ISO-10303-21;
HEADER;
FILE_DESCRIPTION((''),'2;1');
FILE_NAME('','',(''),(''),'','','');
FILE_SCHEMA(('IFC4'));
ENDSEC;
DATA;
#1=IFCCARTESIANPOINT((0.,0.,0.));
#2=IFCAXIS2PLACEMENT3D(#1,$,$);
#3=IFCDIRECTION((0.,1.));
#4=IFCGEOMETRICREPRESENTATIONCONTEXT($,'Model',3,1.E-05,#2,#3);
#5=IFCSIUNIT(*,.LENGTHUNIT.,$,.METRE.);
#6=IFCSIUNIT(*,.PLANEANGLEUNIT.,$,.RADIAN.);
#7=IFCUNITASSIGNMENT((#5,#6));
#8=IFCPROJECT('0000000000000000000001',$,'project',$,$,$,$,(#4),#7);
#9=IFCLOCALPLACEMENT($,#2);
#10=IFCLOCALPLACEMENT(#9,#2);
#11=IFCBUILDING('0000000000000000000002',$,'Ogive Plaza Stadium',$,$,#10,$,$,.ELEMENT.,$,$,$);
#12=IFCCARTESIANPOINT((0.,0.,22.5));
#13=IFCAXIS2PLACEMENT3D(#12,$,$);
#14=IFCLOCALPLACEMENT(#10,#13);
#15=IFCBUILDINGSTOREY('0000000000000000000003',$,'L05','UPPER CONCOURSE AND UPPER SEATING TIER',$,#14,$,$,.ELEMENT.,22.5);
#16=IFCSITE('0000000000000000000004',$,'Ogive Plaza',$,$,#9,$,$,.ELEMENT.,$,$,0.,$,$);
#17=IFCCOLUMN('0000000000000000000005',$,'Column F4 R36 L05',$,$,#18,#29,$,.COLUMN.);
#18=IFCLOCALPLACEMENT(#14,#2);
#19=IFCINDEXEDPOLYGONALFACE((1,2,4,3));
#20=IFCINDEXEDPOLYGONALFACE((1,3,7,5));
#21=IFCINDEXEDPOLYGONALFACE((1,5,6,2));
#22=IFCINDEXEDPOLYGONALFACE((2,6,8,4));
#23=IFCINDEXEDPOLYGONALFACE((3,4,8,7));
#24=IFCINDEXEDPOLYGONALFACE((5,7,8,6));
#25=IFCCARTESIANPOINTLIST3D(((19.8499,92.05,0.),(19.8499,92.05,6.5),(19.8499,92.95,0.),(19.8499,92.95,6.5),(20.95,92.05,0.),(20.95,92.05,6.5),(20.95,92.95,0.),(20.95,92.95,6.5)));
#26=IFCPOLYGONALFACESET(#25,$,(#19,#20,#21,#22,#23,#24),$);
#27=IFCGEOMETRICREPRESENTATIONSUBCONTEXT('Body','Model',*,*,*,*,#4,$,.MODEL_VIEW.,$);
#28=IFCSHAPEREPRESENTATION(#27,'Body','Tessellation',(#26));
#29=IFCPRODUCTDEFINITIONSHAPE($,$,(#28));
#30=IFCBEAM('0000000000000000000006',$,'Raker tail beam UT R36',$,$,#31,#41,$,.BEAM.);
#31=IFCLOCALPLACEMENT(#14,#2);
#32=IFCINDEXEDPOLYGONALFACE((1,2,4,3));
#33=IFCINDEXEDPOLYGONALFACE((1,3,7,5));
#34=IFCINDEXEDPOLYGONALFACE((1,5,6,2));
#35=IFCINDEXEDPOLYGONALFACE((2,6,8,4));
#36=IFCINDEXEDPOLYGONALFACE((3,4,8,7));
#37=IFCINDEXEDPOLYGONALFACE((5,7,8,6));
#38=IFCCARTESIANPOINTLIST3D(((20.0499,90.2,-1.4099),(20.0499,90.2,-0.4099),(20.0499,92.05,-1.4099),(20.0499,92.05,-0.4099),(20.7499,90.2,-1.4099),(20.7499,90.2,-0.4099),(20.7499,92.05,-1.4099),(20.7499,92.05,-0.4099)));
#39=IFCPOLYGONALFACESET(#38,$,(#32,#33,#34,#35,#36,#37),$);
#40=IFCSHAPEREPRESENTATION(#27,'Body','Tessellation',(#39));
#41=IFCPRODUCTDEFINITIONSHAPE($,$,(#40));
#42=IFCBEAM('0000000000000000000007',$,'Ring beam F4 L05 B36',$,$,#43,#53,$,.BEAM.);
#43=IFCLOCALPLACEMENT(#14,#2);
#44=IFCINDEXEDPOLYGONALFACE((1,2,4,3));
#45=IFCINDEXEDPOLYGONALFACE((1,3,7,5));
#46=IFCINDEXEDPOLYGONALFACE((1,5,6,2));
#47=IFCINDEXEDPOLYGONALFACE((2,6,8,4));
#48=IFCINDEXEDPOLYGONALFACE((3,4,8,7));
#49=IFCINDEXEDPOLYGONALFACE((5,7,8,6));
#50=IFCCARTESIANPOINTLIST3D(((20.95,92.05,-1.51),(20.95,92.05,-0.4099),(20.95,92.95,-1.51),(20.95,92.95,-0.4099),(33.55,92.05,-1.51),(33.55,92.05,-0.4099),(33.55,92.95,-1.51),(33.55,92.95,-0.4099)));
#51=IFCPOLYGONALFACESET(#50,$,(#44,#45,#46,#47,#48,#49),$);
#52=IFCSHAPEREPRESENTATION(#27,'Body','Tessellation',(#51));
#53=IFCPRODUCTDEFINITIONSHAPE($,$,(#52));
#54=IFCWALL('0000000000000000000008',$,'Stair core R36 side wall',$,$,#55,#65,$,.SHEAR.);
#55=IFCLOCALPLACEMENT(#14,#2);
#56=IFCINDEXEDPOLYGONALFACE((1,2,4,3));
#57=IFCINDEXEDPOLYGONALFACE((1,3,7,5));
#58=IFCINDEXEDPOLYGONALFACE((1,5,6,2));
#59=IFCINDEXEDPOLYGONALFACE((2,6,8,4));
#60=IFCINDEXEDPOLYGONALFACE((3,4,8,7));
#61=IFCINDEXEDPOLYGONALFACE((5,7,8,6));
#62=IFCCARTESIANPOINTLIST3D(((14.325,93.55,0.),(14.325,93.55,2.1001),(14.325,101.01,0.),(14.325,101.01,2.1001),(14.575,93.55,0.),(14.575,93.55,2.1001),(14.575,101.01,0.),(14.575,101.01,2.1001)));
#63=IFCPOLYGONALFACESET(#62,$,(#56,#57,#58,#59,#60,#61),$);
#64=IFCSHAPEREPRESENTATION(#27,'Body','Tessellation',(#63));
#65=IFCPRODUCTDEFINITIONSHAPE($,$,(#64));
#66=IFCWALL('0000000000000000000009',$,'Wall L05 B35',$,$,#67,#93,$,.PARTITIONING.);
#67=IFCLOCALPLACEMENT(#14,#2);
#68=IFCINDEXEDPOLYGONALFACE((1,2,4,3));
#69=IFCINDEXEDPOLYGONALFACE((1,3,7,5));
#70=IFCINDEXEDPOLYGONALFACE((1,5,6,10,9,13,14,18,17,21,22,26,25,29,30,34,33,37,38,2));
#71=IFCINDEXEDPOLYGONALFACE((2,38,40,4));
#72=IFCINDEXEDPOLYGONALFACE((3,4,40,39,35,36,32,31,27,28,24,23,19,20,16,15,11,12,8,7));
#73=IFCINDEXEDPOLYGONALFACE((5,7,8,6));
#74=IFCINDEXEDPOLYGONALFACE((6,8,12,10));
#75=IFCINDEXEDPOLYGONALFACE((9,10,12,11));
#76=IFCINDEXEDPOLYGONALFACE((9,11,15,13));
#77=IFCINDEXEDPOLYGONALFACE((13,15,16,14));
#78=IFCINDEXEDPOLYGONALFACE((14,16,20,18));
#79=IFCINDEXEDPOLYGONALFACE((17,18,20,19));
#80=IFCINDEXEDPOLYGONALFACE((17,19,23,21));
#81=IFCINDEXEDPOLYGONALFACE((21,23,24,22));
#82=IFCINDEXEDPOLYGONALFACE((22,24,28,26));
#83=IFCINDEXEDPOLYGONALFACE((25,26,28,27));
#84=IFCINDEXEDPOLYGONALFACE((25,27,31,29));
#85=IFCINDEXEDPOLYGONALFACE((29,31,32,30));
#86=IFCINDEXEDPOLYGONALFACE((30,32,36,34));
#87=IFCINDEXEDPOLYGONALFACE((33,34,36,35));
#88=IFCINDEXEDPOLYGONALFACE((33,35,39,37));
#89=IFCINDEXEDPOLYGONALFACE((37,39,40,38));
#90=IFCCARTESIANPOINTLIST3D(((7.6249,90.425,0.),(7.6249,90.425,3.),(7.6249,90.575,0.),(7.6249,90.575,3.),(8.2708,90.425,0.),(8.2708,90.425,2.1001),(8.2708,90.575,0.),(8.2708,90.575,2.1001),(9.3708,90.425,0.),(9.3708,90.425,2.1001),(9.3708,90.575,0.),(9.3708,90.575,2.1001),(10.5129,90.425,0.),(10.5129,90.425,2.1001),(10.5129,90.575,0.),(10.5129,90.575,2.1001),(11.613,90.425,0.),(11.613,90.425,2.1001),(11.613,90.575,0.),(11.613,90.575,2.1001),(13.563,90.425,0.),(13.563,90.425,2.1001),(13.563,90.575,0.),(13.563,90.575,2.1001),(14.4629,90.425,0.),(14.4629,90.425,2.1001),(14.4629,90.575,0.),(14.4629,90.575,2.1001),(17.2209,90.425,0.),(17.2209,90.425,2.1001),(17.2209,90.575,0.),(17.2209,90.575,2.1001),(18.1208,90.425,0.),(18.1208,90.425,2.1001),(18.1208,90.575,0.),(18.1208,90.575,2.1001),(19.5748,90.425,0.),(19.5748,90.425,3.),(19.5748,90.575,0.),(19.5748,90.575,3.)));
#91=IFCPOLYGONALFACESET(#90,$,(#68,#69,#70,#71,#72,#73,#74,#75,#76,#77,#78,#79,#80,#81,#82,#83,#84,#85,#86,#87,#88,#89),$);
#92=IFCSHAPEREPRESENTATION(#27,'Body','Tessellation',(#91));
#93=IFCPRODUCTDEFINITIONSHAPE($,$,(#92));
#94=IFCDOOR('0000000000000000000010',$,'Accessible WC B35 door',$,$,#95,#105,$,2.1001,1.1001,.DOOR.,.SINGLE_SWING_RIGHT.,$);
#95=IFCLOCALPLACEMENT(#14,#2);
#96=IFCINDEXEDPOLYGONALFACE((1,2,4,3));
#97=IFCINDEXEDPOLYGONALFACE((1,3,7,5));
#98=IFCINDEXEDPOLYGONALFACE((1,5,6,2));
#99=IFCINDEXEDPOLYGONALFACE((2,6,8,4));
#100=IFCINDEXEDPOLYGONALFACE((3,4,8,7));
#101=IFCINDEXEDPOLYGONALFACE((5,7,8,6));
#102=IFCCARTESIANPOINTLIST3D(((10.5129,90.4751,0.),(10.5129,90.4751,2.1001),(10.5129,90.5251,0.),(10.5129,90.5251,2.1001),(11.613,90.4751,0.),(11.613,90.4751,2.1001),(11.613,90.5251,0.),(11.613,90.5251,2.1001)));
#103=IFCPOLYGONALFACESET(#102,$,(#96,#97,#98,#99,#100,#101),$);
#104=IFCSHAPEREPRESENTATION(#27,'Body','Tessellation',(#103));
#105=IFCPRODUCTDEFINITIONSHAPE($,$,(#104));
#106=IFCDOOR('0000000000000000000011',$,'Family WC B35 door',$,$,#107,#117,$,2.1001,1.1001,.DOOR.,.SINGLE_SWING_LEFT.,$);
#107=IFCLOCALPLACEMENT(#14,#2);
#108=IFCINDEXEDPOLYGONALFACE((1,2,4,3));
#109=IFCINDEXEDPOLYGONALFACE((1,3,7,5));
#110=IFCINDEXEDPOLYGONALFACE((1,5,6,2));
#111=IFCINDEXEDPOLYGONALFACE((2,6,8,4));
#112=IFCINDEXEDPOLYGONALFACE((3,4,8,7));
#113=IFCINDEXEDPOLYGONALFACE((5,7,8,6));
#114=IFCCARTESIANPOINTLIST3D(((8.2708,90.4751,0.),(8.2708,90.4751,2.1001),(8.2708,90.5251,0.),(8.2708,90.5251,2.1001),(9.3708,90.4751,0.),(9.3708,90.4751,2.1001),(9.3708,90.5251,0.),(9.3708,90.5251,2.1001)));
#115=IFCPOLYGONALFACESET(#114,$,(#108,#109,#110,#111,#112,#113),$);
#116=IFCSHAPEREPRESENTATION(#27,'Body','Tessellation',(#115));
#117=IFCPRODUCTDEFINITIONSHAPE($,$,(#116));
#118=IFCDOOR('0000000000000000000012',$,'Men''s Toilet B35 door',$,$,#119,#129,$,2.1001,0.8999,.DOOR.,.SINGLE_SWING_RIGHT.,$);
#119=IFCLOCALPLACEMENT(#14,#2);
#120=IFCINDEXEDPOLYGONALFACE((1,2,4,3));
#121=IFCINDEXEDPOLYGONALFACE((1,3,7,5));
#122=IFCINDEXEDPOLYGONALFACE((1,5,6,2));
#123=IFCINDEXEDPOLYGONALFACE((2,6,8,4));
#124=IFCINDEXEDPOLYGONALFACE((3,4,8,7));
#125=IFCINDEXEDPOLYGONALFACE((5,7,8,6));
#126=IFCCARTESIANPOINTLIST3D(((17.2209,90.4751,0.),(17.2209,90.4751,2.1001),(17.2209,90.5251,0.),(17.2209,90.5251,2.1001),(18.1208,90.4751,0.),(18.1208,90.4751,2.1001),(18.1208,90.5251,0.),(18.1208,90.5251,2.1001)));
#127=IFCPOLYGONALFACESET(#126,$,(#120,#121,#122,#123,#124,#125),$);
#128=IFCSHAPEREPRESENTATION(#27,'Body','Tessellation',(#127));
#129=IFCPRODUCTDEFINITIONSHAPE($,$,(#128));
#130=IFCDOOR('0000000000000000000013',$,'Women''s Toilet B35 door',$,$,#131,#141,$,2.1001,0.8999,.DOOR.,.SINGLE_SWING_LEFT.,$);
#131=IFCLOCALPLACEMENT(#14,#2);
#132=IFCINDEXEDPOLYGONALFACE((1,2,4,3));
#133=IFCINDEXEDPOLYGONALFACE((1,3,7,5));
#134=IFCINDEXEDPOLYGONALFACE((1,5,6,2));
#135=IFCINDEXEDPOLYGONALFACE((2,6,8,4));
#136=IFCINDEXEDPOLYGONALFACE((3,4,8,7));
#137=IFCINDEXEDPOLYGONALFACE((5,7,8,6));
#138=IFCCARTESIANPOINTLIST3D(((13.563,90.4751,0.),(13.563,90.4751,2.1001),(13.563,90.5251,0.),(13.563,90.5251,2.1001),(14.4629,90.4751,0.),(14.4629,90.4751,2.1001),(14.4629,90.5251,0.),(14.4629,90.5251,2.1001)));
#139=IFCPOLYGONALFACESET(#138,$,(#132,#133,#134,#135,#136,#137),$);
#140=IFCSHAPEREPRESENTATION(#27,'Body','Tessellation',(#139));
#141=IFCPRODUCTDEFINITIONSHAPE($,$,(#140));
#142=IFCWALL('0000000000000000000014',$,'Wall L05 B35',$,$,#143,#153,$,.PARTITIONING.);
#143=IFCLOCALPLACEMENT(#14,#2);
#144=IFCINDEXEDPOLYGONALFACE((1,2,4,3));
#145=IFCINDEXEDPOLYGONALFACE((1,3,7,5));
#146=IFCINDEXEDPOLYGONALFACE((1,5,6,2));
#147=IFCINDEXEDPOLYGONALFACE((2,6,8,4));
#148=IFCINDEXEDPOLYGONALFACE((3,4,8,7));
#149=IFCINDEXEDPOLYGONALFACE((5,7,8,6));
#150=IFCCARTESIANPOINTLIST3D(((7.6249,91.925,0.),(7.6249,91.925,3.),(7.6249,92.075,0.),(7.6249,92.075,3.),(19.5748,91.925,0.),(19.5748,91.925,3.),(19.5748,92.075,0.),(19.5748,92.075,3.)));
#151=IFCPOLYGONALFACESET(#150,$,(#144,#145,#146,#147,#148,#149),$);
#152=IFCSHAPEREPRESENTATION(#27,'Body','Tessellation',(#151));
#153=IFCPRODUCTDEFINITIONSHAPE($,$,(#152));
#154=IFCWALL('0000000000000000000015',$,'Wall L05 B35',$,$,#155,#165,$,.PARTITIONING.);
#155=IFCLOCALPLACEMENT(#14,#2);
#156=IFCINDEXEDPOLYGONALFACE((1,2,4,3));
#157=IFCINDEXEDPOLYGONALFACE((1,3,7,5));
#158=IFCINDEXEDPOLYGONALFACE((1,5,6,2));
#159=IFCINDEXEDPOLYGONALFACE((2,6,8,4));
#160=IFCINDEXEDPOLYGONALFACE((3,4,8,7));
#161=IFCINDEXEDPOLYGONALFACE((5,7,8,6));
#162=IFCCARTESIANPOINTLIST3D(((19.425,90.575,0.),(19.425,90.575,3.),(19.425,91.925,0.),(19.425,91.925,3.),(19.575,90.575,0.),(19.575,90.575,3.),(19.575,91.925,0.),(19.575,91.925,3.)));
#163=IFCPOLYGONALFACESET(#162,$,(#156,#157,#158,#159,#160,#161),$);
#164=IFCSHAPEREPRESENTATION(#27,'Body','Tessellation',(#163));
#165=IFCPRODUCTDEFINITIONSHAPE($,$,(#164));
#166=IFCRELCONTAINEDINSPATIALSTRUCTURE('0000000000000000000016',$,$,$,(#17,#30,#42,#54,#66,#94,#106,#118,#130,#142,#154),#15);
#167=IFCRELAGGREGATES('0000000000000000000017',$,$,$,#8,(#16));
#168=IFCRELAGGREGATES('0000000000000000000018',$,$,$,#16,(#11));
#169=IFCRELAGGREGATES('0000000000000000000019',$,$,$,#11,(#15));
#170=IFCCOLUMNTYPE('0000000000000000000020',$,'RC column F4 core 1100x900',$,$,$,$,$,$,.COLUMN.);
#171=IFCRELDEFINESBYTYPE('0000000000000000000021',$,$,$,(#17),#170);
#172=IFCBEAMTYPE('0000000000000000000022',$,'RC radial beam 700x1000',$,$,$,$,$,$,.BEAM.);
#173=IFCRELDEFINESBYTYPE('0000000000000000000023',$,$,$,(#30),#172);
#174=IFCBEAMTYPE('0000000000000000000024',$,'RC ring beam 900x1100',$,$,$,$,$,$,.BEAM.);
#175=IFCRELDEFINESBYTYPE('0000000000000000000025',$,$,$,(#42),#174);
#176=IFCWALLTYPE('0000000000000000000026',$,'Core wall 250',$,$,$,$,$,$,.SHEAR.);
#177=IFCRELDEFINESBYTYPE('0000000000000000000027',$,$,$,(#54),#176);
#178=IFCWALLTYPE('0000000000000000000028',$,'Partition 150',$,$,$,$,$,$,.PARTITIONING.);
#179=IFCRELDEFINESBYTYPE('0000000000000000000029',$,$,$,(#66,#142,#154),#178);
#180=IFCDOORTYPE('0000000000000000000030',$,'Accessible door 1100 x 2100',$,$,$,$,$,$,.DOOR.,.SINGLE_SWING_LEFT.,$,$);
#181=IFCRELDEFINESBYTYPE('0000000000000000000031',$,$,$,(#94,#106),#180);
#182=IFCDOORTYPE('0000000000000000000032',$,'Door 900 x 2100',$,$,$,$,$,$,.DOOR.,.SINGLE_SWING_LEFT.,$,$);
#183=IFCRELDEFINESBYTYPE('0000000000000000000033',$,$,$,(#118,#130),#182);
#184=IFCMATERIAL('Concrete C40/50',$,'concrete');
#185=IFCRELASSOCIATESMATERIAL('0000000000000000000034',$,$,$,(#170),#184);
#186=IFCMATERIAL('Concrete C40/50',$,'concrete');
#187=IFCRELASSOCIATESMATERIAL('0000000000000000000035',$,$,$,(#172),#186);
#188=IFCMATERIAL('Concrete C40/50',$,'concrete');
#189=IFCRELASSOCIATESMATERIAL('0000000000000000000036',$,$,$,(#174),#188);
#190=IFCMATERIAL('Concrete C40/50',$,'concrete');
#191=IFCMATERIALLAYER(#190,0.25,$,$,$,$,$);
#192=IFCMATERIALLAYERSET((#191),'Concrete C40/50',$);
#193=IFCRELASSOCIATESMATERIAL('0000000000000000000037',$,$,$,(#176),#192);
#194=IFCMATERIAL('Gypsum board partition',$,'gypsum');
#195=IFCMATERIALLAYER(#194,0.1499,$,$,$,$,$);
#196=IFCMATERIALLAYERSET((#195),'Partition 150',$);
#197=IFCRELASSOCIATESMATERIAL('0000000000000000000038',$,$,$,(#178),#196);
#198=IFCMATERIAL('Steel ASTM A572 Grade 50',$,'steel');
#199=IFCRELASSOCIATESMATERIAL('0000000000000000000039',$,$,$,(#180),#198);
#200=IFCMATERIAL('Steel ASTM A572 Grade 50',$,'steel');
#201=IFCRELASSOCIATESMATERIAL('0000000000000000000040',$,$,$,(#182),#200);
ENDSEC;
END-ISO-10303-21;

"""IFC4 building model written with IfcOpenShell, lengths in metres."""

from ifc_helpers import new_model, si_unit, direction, frame, frame_2d, origin, origin_2d, place, context, subcontext, project, spatial, rectangle, extrude, material, layer, layer_set, material_profile, profile_set, type_object, element, fill, save


model = new_model("IFC4")

# Units and contexts
model_context = context("Model", 3, precision=1e-05, world=origin(), true_north=direction((0.0, 1.0)))
body_context = subcontext(model_context, "Body", "Model", "MODEL_VIEW")
ifc_project = project(units=[si_unit("LENGTHUNIT", "METRE"), si_unit("PLANEANGLEUNIT", "RADIAN")], contexts=[model_context])

# Site, building, storey
site_placement = place(None, origin())
site = spatial("IfcSite", under=ifc_project, at=site_placement, Name="Ogive Plaza", CompositionType="ELEMENT", RefElevation=0.0)
building_placement = place(site_placement, origin())
building = spatial("IfcBuilding", under=site, at=building_placement, Name="Ogive Plaza Stadium", CompositionType="ELEMENT")
storey_placement = place(building_placement, frame((0.0, 0.0, 22.5)))
storey = spatial("IfcBuildingStorey", under=building, at=storey_placement, Name="L05", Description="UPPER CONCOURSE AND UPPER SEATING TIER", CompositionType="ELEMENT", Elevation=22.5)

# Column
ifc_material_1 = material(Name="Concrete C40/50", Category="concrete")
ifc_material_profile_1 = material_profile(ifc_material_1, rectangle(XDim=1.1001, YDim=0.8999, at=origin_2d()), Name="RC 1100x900")
ifc_profile_set_1 = profile_set([ifc_material_profile_1], Name="Concrete C40/50")
column_type = type_object("IfcColumnType", Name="RC column F4 core 1100x900", PredefinedType="COLUMN", material=ifc_profile_set_1)
column_placement = place(storey_placement, frame((20.3999, 92.5, 0.0), z_axis=(0.0, 0.0, 1.0), x_axis=(-1.0, 0.0, 0.0)))
element("IfcColumn", 1, at=column_placement, inside=storey, type_object=column_type, Name="Column F4 R36 L05", PredefinedType="COLUMN", context=body_context, shape_type="SweptSolid", body=[
    extrude(rectangle(XDim=1.1001, YDim=0.8999, at=origin_2d()), origin(), (0.0, 0.0, 1.0), 6.5),
])

# Beams
ifc_material_2 = material(Name="Concrete C40/50", Category="concrete")
ifc_material_profile_2 = material_profile(ifc_material_2, rectangle(XDim=0.7, YDim=1.0, at=origin_2d()), Name="RC 700x1000")
ifc_profile_set_2 = profile_set([ifc_material_profile_2], Name="Concrete C40/50")
beam_type_1 = type_object("IfcBeamType", Name="RC radial beam 700x1000", PredefinedType="BEAM", material=ifc_profile_set_2)
beam_1_placement = place(storey_placement, frame((20.3999, 90.2, -0.9099), z_axis=(0.0, 1.0, 0.0), x_axis=(-1.0, 0.0, 0.0)))
element("IfcBeam", 2, at=beam_1_placement, inside=storey, type_object=beam_type_1, Name="Raker tail beam UT R36", PredefinedType="BEAM", context=body_context, shape_type="SweptSolid", body=[
    extrude(rectangle(XDim=0.7, YDim=1.0, at=origin_2d()), origin(), (0.0, 0.0, 1.0), 1.8501),
])
ifc_material_3 = material(Name="Concrete C40/50", Category="concrete")
ifc_material_profile_3 = material_profile(ifc_material_3, rectangle(XDim=0.8999, YDim=1.1001, at=origin_2d()), Name="RC 900x1100")
ifc_profile_set_3 = profile_set([ifc_material_profile_3], Name="Concrete C40/50")
beam_type_2 = type_object("IfcBeamType", Name="RC ring beam 900x1100", PredefinedType="BEAM", material=ifc_profile_set_3)
beam_2_placement = place(storey_placement, frame((20.95, 92.5, -0.96), z_axis=(1.0, 0.0, 0.0), x_axis=(0.0, 1.0, 0.0)))
element("IfcBeam", 3, at=beam_2_placement, inside=storey, type_object=beam_type_2, Name="Ring beam F4 L05 B36", PredefinedType="BEAM", context=body_context, shape_type="SweptSolid", body=[
    extrude(rectangle(XDim=0.8999, YDim=1.1001, at=origin_2d()), origin(), (0.0, 0.0, 1.0), 12.6001),
])

# Wall
ifc_material_4 = material(Name="Concrete C40/50", Category="concrete")
ifc_layer_1 = layer(ifc_material_4, 0.25)
ifc_layer_set_1 = layer_set([ifc_layer_1], Name="Concrete C40/50")
wall_type_1 = type_object("IfcWallType", Name="Core wall 250", PredefinedType="SHEAR", material=ifc_layer_set_1)
wall_1_placement = place(storey_placement, frame((14.45, 93.55, 0.0), z_axis=(0.0, 0.0, 1.0), x_axis=(0.0, 1.0, 0.0)))
element("IfcWall", 4, at=wall_1_placement, inside=storey, type_object=wall_type_1, Name="Stair core R36 side wall", PredefinedType="SHEAR", context=body_context, shape_type="SweptSolid", body=[
    extrude(rectangle(XDim=7.46, YDim=0.25, at=frame_2d((3.73, 0.0))), origin(), (0.0, 0.0, 1.0), 2.1001),
])

# Wall, openings, doors
ifc_material_5 = material(Name="Gypsum board partition", Category="gypsum")
ifc_layer_2 = layer(ifc_material_5, 0.1499)
ifc_layer_set_2 = layer_set([ifc_layer_2], Name="Partition 150")
wall_type_2 = type_object("IfcWallType", Name="Partition 150", PredefinedType="PARTITIONING", material=ifc_layer_set_2)
wall_2_placement = place(storey_placement, frame((19.575, 90.5, 0.0), z_axis=(0.0, 0.0, 1.0), x_axis=(-1.0, 0.0, 0.0)))
wall_2 = element("IfcWall", 5, at=wall_2_placement, inside=storey, type_object=wall_type_2, Name="Wall L05 B35", PredefinedType="PARTITIONING", context=body_context, shape_type="SweptSolid", body=[
    extrude(rectangle(XDim=11.95, YDim=0.1499, at=frame_2d((5.9751, 0.0))), origin(), (0.0, 0.0, 1.0), 3.0),
])
opening_1_placement = place(wall_2_placement, frame((1.4541, 0.0, 0.0)))
opening_1 = element("IfcOpeningElement", 6, at=opening_1_placement, cuts=wall_2, PredefinedType="OPENING", context=body_context, shape_type="SweptSolid", body=[
    extrude(rectangle(XDim=0.8999, YDim=2.1001, at=frame_2d((0.45, 1.05))), frame((0.0, 0.075, 0.0), z_axis=(0.0, -1.0, 0.0), x_axis=(1.0, 0.0, 0.0)), (0.0, 0.0, 1.0), 0.1499),
])
opening_2_placement = place(wall_2_placement, frame((5.1121, 0.0, 0.0)))
opening_2 = element("IfcOpeningElement", 7, at=opening_2_placement, cuts=wall_2, PredefinedType="OPENING", context=body_context, shape_type="SweptSolid", body=[
    extrude(rectangle(XDim=0.8999, YDim=2.1001, at=frame_2d((0.45, 1.05))), frame((0.0, 0.075, 0.0), z_axis=(0.0, -1.0, 0.0), x_axis=(1.0, 0.0, 0.0)), (0.0, 0.0, 1.0), 0.1499),
])
opening_3_placement = place(wall_2_placement, frame((7.9619, 0.0, 0.0)))
opening_3 = element("IfcOpeningElement", 8, at=opening_3_placement, cuts=wall_2, PredefinedType="OPENING", context=body_context, shape_type="SweptSolid", body=[
    extrude(rectangle(XDim=1.1001, YDim=2.1001, at=frame_2d((0.55, 1.05))), frame((0.0, 0.075, 0.0), z_axis=(0.0, -1.0, 0.0), x_axis=(1.0, 0.0, 0.0)), (0.0, 0.0, 1.0), 0.1499),
])
opening_4_placement = place(wall_2_placement, frame((10.2041, 0.0, 0.0)))
opening_4 = element("IfcOpeningElement", 9, at=opening_4_placement, cuts=wall_2, PredefinedType="OPENING", context=body_context, shape_type="SweptSolid", body=[
    extrude(rectangle(XDim=1.1001, YDim=2.1001, at=frame_2d((0.55, 1.05))), frame((0.0, 0.075, 0.0), z_axis=(0.0, -1.0, 0.0), x_axis=(1.0, 0.0, 0.0)), (0.0, 0.0, 1.0), 0.1499),
])
ifc_material_6 = material(Name="Steel ASTM A572 Grade 50", Category="steel")
door_type_1 = type_object("IfcDoorType", Name="Accessible door 1100 x 2100", OperationType="SINGLE_SWING_LEFT", PredefinedType="DOOR", material=ifc_material_6)
door_1_placement = place(opening_3_placement, origin())
door_1 = element("IfcDoor", 10, at=door_1_placement, inside=storey, type_object=door_type_1, Name="Accessible WC B35 door", OperationType="SINGLE_SWING_RIGHT", OverallHeight=2.1001, OverallWidth=1.1001, PredefinedType="DOOR", context=body_context, shape_type="SweptSolid", body=[
    extrude(rectangle(XDim=1.1001, YDim=2.1001, at=frame_2d((0.55, 1.05))), frame((0.0, 0.0249, 0.0), z_axis=(0.0, -1.0, 0.0), x_axis=(1.0, 0.0, 0.0)), (0.0, 0.0, 1.0), 0.05),
])
fill(opening_3, door_1)
door_2_placement = place(opening_4_placement, origin())
door_2 = element("IfcDoor", 11, at=door_2_placement, inside=storey, type_object=door_type_1, Name="Family WC B35 door", OperationType="SINGLE_SWING_LEFT", OverallHeight=2.1001, OverallWidth=1.1001, PredefinedType="DOOR", context=body_context, shape_type="SweptSolid", body=[
    extrude(rectangle(XDim=1.1001, YDim=2.1001, at=frame_2d((0.55, 1.05))), frame((0.0, 0.0249, 0.0), z_axis=(0.0, -1.0, 0.0), x_axis=(1.0, 0.0, 0.0)), (0.0, 0.0, 1.0), 0.05),
])
fill(opening_4, door_2)
ifc_material_7 = material(Name="Steel ASTM A572 Grade 50", Category="steel")
door_type_2 = type_object("IfcDoorType", Name="Door 900 x 2100", OperationType="SINGLE_SWING_LEFT", PredefinedType="DOOR", material=ifc_material_7)
door_3_placement = place(opening_1_placement, origin())
door_3 = element("IfcDoor", 12, at=door_3_placement, inside=storey, type_object=door_type_2, Name="Men's Toilet B35 door", OperationType="SINGLE_SWING_RIGHT", OverallHeight=2.1001, OverallWidth=0.8999, PredefinedType="DOOR", context=body_context, shape_type="SweptSolid", body=[
    extrude(rectangle(XDim=0.8999, YDim=2.1001, at=frame_2d((0.45, 1.05))), frame((0.0, 0.0249, 0.0), z_axis=(0.0, -1.0, 0.0), x_axis=(1.0, 0.0, 0.0)), (0.0, 0.0, 1.0), 0.05),
])
fill(opening_1, door_3)
door_4_placement = place(opening_2_placement, origin())
door_4 = element("IfcDoor", 13, at=door_4_placement, inside=storey, type_object=door_type_2, Name="Women's Toilet B35 door", OperationType="SINGLE_SWING_LEFT", OverallHeight=2.1001, OverallWidth=0.8999, PredefinedType="DOOR", context=body_context, shape_type="SweptSolid", body=[
    extrude(rectangle(XDim=0.8999, YDim=2.1001, at=frame_2d((0.45, 1.05))), frame((0.0, 0.0249, 0.0), z_axis=(0.0, -1.0, 0.0), x_axis=(1.0, 0.0, 0.0)), (0.0, 0.0, 1.0), 0.05),
])
fill(opening_2, door_4)

# Walls
wall_3_placement = place(storey_placement, frame((19.575, 92.0, 0.0), z_axis=(0.0, 0.0, 1.0), x_axis=(-1.0, 0.0, 0.0)))
element("IfcWall", 14, at=wall_3_placement, inside=storey, type_object=wall_type_2, Name="Wall L05 B35", PredefinedType="PARTITIONING", context=body_context, shape_type="SweptSolid", body=[
    extrude(rectangle(XDim=11.95, YDim=0.1499, at=frame_2d((5.9751, 0.0))), origin(), (0.0, 0.0, 1.0), 3.0),
])
for number, where, z_axis, x_axis, name in (
    (15, (19.5, 90.575, 0.0), (0.0, 0.0, 1.0), (0.0, 1.0, 0.0), "Wall L05 B35"),
):
    element("IfcWall", number, at=place(storey_placement, frame(where, z_axis=z_axis, x_axis=x_axis)), inside=storey, type_object=wall_type_2, Name=name, PredefinedType="PARTITIONING", context=body_context, shape_type="SweptSolid", body=[
        extrude(rectangle(XDim=1.3501, YDim=0.1499, at=frame_2d((0.675, 0.0))), origin(), (0.0, 0.0, 1.0), 3.0),
    ])

save(model, "model.ifc")
